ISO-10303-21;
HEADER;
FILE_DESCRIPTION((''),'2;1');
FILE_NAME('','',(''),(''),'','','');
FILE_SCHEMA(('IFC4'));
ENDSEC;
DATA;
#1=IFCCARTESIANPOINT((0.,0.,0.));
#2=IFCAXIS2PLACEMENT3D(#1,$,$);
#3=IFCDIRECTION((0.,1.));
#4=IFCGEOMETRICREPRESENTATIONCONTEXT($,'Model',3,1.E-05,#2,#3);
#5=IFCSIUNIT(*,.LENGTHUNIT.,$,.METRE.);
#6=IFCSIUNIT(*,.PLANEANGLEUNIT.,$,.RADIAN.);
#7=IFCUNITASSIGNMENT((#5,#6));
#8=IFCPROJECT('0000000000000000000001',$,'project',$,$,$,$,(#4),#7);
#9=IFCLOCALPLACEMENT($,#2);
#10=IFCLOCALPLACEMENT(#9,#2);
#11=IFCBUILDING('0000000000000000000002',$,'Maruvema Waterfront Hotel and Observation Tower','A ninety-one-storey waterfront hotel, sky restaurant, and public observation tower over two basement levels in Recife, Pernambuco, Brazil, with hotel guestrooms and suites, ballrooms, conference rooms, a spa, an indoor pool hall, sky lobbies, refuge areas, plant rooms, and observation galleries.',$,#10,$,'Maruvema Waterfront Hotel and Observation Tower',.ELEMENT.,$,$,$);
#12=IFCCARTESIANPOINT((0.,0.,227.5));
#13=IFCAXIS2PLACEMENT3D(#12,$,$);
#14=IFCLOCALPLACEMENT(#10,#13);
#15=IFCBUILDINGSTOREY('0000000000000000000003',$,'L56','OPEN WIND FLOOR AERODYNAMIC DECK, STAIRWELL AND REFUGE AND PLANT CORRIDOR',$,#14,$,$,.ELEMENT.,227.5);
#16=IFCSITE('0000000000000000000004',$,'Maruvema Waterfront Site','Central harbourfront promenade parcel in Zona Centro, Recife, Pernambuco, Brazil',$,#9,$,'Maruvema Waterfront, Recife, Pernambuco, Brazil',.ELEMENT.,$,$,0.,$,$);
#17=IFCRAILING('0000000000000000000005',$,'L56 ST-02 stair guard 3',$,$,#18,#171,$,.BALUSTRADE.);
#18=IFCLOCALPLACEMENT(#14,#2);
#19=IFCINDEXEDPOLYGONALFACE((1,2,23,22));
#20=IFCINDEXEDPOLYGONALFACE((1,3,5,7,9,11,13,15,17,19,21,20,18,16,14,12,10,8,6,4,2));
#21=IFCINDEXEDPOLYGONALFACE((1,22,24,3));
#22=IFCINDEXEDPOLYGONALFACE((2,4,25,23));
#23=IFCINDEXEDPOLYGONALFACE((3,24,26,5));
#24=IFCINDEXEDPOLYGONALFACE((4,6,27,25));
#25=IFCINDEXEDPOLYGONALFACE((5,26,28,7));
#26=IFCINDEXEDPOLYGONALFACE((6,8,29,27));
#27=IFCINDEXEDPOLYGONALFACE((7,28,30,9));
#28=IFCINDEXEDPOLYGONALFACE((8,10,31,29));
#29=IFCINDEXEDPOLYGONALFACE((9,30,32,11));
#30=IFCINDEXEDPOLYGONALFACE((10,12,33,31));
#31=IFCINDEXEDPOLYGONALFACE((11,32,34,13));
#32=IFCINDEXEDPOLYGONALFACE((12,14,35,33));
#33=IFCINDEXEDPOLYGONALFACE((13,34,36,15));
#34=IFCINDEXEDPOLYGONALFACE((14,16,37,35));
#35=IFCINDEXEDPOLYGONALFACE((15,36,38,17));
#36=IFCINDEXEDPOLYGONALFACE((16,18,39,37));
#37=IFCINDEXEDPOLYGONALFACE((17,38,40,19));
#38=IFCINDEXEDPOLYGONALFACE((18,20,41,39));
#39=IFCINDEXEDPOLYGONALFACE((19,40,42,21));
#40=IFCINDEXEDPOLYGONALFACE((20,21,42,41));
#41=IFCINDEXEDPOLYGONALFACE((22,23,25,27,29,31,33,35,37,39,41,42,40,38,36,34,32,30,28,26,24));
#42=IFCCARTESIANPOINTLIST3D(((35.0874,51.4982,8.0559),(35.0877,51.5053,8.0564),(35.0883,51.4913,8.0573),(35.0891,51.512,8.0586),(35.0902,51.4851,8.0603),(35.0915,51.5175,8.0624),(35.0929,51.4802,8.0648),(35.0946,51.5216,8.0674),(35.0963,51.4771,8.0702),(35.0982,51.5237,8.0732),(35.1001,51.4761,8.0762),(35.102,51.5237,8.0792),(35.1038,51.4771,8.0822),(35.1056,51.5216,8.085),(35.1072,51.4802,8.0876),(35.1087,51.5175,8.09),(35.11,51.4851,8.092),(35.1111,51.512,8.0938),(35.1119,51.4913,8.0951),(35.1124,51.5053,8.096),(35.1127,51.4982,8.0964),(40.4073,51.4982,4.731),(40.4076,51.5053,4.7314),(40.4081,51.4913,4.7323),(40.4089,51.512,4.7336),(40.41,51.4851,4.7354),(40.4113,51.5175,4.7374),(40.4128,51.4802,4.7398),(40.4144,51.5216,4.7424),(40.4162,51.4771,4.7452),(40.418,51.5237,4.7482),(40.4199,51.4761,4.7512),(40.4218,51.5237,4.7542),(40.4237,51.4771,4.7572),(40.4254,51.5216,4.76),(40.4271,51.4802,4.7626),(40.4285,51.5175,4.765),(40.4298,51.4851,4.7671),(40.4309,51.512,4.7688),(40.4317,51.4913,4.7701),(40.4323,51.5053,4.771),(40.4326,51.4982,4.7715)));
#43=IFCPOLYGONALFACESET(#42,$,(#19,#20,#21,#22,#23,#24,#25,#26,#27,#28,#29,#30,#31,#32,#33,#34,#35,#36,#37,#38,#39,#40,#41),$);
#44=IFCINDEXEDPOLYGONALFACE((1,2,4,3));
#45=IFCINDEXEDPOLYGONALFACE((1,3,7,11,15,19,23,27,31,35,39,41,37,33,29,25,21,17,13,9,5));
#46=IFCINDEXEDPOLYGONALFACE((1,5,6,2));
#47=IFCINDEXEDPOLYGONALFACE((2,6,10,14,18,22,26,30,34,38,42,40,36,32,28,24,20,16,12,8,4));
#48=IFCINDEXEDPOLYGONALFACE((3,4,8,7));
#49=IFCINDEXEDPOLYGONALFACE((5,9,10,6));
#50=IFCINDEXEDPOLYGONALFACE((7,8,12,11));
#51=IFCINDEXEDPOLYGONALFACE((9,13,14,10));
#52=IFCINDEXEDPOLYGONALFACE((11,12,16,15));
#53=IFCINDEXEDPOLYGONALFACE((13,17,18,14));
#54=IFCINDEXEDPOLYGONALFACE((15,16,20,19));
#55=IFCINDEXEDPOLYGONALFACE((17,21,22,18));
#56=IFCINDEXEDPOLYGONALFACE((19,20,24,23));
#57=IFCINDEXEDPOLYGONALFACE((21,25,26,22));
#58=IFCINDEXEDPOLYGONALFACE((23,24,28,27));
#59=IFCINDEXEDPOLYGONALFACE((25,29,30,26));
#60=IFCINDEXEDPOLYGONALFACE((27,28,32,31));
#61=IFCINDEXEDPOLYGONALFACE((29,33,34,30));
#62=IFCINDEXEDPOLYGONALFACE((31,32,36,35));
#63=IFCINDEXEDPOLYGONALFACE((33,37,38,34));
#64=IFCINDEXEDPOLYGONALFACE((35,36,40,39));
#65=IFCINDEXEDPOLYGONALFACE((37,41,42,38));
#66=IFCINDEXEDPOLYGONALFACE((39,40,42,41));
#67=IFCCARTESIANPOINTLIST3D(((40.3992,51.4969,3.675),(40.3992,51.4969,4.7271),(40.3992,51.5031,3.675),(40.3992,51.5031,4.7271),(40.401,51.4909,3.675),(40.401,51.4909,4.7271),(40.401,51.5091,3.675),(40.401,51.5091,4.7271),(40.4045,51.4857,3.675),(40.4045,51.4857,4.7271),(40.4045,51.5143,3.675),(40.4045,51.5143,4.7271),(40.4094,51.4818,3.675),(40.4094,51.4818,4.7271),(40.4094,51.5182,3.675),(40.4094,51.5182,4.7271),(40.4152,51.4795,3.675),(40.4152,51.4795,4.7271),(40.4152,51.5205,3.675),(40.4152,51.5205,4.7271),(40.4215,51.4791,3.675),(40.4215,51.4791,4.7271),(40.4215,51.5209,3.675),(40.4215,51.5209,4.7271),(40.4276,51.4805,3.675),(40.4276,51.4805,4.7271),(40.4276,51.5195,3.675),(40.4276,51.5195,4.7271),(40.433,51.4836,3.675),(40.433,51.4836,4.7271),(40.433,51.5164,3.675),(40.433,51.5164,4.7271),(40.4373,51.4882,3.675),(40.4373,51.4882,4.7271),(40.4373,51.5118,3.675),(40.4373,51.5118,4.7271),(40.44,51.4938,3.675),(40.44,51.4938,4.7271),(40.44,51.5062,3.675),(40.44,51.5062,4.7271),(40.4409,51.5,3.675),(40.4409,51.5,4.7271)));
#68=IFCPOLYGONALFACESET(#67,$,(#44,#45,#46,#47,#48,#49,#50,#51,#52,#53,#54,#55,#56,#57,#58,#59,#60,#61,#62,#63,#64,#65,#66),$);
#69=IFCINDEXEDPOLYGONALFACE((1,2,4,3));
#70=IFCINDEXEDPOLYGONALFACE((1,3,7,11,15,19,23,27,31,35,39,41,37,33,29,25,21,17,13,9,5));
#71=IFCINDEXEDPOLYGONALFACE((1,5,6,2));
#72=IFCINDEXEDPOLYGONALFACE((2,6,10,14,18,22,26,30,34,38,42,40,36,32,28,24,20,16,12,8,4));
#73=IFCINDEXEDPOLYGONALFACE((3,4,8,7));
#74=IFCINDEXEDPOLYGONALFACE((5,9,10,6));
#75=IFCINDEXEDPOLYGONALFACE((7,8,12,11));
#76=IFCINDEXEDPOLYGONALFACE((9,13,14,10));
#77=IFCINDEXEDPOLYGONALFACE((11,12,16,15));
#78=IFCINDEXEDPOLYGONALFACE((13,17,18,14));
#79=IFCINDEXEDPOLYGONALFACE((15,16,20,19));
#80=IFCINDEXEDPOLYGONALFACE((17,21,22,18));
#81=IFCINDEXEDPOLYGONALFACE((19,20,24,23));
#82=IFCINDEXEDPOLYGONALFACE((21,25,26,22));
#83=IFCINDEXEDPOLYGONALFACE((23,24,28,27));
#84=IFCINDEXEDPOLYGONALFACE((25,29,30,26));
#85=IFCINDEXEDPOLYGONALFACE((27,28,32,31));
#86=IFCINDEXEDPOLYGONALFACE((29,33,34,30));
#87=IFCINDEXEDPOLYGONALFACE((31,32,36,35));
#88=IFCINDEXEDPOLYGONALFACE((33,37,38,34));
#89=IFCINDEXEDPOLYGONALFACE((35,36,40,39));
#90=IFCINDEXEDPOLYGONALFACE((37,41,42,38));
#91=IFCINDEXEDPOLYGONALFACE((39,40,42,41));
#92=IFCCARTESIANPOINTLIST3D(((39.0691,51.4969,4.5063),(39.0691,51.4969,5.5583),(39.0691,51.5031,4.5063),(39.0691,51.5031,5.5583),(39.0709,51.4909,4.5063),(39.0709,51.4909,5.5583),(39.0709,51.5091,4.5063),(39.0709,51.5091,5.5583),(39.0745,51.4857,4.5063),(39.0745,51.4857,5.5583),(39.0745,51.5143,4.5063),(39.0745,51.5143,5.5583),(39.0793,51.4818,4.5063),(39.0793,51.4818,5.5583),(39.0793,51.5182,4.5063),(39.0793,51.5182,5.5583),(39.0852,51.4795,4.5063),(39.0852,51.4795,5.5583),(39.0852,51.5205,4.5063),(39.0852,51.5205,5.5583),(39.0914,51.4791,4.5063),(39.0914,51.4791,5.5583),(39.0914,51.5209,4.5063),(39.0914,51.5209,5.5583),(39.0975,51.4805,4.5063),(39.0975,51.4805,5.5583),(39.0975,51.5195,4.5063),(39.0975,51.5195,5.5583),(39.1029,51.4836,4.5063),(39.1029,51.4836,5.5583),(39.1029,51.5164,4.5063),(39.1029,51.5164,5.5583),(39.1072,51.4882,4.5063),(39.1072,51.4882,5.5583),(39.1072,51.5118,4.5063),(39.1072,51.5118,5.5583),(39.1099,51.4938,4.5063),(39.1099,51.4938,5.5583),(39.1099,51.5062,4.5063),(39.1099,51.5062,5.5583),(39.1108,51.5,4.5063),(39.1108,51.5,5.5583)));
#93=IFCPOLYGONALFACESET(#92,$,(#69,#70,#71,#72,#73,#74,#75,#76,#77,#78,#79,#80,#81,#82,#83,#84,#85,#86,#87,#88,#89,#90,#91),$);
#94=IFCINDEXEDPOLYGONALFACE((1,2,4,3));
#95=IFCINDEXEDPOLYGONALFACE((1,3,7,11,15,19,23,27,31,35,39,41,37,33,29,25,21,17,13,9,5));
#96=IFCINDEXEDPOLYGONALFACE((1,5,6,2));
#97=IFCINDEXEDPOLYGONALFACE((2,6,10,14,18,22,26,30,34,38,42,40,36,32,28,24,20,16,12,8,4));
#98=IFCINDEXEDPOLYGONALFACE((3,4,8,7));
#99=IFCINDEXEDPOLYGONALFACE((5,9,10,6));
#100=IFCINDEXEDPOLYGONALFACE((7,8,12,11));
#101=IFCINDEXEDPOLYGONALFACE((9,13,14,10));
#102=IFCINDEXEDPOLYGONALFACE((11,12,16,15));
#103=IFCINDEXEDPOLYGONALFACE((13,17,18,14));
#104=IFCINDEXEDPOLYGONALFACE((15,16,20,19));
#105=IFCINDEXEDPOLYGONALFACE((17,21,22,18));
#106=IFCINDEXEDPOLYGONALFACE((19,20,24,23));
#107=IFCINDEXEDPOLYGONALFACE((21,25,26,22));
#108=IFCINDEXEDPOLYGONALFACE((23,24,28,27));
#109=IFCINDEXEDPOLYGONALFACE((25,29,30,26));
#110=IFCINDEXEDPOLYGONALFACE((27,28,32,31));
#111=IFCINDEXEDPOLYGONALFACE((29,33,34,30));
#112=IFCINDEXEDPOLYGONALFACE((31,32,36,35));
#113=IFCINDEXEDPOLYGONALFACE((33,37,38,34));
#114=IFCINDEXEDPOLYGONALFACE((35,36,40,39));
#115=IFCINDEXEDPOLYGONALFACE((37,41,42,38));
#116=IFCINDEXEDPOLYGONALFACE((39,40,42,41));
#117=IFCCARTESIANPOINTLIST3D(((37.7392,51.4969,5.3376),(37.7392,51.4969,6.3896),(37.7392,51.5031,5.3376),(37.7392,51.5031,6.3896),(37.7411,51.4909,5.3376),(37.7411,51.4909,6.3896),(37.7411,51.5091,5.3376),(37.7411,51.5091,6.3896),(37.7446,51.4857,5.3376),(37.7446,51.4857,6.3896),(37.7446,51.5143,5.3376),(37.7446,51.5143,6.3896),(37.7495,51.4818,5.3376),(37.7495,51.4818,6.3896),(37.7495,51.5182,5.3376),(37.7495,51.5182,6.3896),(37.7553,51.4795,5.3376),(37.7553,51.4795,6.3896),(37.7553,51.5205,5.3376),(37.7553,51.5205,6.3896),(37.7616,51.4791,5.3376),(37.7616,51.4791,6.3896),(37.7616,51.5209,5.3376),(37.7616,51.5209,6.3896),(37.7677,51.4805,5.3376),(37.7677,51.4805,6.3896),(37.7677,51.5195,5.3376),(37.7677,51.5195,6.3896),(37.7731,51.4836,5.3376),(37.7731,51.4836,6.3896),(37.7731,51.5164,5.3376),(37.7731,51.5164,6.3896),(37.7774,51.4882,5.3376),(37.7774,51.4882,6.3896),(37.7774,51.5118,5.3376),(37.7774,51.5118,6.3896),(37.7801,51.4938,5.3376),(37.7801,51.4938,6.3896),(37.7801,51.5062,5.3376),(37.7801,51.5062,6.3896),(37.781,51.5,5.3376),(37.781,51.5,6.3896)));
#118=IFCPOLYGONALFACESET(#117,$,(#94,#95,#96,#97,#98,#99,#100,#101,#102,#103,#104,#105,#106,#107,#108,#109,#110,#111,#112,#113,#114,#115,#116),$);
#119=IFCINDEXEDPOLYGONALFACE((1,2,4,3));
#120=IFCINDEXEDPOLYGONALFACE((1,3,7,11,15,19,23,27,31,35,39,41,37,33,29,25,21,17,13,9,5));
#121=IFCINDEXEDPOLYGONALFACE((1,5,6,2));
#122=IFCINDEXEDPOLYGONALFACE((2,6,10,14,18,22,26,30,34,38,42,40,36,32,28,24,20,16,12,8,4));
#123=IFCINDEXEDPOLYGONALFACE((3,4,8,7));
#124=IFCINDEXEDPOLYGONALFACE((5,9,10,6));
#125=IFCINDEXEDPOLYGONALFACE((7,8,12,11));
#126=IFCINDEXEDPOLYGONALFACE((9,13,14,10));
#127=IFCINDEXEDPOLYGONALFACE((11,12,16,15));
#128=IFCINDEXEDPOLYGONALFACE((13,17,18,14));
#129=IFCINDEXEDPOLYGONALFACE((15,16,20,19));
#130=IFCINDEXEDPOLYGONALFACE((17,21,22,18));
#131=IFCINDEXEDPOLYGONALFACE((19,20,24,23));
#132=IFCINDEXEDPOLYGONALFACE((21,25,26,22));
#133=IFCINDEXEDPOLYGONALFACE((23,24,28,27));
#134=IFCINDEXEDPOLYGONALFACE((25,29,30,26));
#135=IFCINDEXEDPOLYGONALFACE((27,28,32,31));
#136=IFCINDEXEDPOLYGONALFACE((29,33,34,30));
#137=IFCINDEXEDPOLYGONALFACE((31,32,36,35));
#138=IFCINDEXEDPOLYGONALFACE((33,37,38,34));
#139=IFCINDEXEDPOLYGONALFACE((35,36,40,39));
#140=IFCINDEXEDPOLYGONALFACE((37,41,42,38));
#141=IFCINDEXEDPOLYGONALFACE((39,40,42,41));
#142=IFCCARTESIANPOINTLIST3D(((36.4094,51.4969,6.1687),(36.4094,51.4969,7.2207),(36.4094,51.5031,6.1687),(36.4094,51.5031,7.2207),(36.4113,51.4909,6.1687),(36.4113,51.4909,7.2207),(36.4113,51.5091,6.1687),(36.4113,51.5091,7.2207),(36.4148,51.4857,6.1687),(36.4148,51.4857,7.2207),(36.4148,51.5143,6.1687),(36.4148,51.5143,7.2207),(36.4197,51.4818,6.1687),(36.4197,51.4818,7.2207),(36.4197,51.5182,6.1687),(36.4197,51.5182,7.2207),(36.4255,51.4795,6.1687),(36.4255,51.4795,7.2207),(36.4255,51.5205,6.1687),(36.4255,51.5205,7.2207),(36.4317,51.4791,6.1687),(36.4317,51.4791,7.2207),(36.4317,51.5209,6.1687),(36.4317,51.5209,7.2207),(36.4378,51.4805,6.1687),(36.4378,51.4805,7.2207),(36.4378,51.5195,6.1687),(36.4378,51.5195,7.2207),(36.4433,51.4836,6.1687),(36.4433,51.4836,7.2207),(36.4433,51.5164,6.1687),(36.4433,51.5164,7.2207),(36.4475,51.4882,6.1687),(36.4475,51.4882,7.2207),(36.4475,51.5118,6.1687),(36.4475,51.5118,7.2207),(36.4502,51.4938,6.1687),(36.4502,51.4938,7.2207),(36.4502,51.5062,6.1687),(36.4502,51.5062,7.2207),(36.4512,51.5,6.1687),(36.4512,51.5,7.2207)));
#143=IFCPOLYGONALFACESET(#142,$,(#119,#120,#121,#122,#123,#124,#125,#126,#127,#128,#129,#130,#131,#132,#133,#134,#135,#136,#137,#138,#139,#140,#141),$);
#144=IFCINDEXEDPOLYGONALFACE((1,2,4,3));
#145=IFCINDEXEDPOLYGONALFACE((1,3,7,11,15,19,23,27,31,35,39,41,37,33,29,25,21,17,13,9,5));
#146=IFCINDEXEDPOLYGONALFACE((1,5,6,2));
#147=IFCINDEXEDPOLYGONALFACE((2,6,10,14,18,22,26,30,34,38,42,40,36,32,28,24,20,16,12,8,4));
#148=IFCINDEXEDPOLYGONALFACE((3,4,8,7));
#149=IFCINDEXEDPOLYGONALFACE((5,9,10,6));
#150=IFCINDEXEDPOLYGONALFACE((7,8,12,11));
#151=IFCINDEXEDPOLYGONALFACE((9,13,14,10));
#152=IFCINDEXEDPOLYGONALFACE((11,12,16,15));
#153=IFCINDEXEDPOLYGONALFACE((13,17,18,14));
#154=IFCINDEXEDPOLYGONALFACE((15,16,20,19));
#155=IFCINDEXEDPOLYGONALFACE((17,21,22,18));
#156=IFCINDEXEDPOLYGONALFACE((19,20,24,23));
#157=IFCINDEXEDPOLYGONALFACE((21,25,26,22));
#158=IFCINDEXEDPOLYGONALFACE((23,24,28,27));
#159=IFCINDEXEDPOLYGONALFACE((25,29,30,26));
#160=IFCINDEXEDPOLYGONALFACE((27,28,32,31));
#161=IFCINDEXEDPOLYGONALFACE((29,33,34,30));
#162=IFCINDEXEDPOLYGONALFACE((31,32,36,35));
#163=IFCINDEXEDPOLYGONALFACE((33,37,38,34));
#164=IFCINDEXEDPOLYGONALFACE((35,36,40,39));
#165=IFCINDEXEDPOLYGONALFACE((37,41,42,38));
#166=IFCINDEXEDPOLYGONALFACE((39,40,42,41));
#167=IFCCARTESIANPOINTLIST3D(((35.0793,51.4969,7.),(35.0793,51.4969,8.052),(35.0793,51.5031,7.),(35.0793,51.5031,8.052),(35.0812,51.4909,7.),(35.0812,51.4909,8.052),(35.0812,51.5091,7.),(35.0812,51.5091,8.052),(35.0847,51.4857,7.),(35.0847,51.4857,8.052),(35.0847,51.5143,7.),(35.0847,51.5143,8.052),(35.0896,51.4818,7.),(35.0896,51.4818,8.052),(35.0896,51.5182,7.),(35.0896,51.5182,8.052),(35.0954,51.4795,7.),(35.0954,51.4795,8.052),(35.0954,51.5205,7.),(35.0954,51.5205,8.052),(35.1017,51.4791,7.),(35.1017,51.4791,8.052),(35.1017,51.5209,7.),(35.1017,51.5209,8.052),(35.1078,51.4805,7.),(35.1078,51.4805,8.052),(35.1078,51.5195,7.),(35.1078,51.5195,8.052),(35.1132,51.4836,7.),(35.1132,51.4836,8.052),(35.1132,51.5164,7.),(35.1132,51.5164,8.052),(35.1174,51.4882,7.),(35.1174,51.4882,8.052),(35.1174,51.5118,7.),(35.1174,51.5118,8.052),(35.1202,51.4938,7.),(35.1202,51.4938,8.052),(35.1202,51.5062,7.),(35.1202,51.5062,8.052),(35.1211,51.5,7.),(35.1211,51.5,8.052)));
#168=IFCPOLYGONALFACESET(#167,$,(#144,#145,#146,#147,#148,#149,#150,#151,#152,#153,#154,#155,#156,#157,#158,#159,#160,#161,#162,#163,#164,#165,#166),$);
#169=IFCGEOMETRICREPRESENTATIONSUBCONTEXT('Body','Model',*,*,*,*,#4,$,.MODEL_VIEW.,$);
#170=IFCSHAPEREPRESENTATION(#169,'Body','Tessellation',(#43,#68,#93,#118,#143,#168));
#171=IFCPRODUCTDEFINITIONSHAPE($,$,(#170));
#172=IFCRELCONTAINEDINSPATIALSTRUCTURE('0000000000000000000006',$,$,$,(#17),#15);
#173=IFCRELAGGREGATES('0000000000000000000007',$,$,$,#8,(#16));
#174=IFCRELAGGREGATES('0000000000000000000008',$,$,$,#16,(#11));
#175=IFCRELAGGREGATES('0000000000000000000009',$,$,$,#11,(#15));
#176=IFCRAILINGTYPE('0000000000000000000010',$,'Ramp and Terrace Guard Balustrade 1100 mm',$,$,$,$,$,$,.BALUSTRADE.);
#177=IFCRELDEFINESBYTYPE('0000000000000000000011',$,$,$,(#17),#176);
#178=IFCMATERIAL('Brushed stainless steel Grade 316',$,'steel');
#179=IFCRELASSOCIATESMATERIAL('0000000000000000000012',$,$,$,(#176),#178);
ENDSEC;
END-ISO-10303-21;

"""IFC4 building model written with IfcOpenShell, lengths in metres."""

from ifc_helpers import new_model, si_unit, direction, frame, origin, origin_2d, place, context, subcontext, project, spatial, circle, extrude, material, type_object, element, save


model = new_model("IFC4")

# Units and contexts
model_context = context("Model", 3, precision=1e-05, world=origin(), true_north=direction((0.0, 1.0)))
body_context = subcontext(model_context, "Body", "Model", "MODEL_VIEW")
ifc_project = project(units=[si_unit("LENGTHUNIT", "METRE"), si_unit("PLANEANGLEUNIT", "RADIAN")], contexts=[model_context])

# Site, building, storey
site_placement = place(None, origin())
site = spatial("IfcSite", under=ifc_project, at=site_placement, Name="Maruvema Waterfront Site", Description="Central harbourfront promenade parcel in Zona Centro, Recife, Pernambuco, Brazil", LongName="Maruvema Waterfront, Recife, Pernambuco, Brazil", CompositionType="ELEMENT", RefElevation=0.0)
building_placement = place(site_placement, origin())
building = spatial("IfcBuilding", under=site, at=building_placement, Name="Maruvema Waterfront Hotel and Observation Tower", Description="A ninety-one-storey waterfront hotel, sky restaurant, and public observation tower over two basement levels in Recife, Pernambuco, Brazil, with hotel guestrooms and suites, ballrooms, conference rooms, a spa, an indoor pool hall, sky lobbies, refuge areas, plant rooms, and observation galleries.", LongName="Maruvema Waterfront Hotel and Observation Tower", CompositionType="ELEMENT")
storey_placement = place(building_placement, frame((0.0, 0.0, 227.5)))
storey = spatial("IfcBuildingStorey", under=building, at=storey_placement, Name="L56", Description="OPEN WIND FLOOR AERODYNAMIC DECK, STAIRWELL AND REFUGE AND PLANT CORRIDOR", CompositionType="ELEMENT", Elevation=227.5)

# Railing
ifc_material_1 = material(Name="Brushed stainless steel Grade 316", Category="steel")
railing_type_1 = type_object("IfcRailingType", Name="Ramp and Terrace Guard Balustrade 1100 mm", PredefinedType="BALUSTRADE", material=ifc_material_1)
railing_1_placement = place(storey_placement, frame((40.4199, 51.5, 3.675)))
element("IfcRailing", 1, at=railing_1_placement, inside=storey, type_object=railing_type_1, Name="L56 ST-02 stair guard 3", PredefinedType="BALUSTRADE", context=body_context, shape_type="SweptSolid", body=[
    extrude(circle(Radius=0.0239, at=origin_2d()), frame((0.0, 0.0, 1.0762), z_axis=(-0.847994, 0.0, 0.530006), x_axis=(0.0, -1.0, 0.0)), (0.0, 0.0, 1.0), 6.2734),
    extrude(circle(Radius=0.021, at=origin_2d()), origin(), (0.0, 0.0, 1.0), 1.052),
    extrude(circle(Radius=0.021, at=origin_2d()), frame((-1.3301, 0.0, 0.8313)), (0.0, 0.0, 1.0), 1.052),
    extrude(circle(Radius=0.021, at=origin_2d()), frame((-2.6599, 0.0, 1.6626)), (0.0, 0.0, 1.0), 1.052),
    extrude(circle(Radius=0.021, at=origin_2d()), frame((-3.9897, 0.0, 2.4937)), (0.0, 0.0, 1.0), 1.052),
    extrude(circle(Radius=0.021, at=origin_2d()), frame((-5.3198, 0.0, 3.325)), (0.0, 0.0, 1.0), 1.052),
])

save(model, "model.ifc")
